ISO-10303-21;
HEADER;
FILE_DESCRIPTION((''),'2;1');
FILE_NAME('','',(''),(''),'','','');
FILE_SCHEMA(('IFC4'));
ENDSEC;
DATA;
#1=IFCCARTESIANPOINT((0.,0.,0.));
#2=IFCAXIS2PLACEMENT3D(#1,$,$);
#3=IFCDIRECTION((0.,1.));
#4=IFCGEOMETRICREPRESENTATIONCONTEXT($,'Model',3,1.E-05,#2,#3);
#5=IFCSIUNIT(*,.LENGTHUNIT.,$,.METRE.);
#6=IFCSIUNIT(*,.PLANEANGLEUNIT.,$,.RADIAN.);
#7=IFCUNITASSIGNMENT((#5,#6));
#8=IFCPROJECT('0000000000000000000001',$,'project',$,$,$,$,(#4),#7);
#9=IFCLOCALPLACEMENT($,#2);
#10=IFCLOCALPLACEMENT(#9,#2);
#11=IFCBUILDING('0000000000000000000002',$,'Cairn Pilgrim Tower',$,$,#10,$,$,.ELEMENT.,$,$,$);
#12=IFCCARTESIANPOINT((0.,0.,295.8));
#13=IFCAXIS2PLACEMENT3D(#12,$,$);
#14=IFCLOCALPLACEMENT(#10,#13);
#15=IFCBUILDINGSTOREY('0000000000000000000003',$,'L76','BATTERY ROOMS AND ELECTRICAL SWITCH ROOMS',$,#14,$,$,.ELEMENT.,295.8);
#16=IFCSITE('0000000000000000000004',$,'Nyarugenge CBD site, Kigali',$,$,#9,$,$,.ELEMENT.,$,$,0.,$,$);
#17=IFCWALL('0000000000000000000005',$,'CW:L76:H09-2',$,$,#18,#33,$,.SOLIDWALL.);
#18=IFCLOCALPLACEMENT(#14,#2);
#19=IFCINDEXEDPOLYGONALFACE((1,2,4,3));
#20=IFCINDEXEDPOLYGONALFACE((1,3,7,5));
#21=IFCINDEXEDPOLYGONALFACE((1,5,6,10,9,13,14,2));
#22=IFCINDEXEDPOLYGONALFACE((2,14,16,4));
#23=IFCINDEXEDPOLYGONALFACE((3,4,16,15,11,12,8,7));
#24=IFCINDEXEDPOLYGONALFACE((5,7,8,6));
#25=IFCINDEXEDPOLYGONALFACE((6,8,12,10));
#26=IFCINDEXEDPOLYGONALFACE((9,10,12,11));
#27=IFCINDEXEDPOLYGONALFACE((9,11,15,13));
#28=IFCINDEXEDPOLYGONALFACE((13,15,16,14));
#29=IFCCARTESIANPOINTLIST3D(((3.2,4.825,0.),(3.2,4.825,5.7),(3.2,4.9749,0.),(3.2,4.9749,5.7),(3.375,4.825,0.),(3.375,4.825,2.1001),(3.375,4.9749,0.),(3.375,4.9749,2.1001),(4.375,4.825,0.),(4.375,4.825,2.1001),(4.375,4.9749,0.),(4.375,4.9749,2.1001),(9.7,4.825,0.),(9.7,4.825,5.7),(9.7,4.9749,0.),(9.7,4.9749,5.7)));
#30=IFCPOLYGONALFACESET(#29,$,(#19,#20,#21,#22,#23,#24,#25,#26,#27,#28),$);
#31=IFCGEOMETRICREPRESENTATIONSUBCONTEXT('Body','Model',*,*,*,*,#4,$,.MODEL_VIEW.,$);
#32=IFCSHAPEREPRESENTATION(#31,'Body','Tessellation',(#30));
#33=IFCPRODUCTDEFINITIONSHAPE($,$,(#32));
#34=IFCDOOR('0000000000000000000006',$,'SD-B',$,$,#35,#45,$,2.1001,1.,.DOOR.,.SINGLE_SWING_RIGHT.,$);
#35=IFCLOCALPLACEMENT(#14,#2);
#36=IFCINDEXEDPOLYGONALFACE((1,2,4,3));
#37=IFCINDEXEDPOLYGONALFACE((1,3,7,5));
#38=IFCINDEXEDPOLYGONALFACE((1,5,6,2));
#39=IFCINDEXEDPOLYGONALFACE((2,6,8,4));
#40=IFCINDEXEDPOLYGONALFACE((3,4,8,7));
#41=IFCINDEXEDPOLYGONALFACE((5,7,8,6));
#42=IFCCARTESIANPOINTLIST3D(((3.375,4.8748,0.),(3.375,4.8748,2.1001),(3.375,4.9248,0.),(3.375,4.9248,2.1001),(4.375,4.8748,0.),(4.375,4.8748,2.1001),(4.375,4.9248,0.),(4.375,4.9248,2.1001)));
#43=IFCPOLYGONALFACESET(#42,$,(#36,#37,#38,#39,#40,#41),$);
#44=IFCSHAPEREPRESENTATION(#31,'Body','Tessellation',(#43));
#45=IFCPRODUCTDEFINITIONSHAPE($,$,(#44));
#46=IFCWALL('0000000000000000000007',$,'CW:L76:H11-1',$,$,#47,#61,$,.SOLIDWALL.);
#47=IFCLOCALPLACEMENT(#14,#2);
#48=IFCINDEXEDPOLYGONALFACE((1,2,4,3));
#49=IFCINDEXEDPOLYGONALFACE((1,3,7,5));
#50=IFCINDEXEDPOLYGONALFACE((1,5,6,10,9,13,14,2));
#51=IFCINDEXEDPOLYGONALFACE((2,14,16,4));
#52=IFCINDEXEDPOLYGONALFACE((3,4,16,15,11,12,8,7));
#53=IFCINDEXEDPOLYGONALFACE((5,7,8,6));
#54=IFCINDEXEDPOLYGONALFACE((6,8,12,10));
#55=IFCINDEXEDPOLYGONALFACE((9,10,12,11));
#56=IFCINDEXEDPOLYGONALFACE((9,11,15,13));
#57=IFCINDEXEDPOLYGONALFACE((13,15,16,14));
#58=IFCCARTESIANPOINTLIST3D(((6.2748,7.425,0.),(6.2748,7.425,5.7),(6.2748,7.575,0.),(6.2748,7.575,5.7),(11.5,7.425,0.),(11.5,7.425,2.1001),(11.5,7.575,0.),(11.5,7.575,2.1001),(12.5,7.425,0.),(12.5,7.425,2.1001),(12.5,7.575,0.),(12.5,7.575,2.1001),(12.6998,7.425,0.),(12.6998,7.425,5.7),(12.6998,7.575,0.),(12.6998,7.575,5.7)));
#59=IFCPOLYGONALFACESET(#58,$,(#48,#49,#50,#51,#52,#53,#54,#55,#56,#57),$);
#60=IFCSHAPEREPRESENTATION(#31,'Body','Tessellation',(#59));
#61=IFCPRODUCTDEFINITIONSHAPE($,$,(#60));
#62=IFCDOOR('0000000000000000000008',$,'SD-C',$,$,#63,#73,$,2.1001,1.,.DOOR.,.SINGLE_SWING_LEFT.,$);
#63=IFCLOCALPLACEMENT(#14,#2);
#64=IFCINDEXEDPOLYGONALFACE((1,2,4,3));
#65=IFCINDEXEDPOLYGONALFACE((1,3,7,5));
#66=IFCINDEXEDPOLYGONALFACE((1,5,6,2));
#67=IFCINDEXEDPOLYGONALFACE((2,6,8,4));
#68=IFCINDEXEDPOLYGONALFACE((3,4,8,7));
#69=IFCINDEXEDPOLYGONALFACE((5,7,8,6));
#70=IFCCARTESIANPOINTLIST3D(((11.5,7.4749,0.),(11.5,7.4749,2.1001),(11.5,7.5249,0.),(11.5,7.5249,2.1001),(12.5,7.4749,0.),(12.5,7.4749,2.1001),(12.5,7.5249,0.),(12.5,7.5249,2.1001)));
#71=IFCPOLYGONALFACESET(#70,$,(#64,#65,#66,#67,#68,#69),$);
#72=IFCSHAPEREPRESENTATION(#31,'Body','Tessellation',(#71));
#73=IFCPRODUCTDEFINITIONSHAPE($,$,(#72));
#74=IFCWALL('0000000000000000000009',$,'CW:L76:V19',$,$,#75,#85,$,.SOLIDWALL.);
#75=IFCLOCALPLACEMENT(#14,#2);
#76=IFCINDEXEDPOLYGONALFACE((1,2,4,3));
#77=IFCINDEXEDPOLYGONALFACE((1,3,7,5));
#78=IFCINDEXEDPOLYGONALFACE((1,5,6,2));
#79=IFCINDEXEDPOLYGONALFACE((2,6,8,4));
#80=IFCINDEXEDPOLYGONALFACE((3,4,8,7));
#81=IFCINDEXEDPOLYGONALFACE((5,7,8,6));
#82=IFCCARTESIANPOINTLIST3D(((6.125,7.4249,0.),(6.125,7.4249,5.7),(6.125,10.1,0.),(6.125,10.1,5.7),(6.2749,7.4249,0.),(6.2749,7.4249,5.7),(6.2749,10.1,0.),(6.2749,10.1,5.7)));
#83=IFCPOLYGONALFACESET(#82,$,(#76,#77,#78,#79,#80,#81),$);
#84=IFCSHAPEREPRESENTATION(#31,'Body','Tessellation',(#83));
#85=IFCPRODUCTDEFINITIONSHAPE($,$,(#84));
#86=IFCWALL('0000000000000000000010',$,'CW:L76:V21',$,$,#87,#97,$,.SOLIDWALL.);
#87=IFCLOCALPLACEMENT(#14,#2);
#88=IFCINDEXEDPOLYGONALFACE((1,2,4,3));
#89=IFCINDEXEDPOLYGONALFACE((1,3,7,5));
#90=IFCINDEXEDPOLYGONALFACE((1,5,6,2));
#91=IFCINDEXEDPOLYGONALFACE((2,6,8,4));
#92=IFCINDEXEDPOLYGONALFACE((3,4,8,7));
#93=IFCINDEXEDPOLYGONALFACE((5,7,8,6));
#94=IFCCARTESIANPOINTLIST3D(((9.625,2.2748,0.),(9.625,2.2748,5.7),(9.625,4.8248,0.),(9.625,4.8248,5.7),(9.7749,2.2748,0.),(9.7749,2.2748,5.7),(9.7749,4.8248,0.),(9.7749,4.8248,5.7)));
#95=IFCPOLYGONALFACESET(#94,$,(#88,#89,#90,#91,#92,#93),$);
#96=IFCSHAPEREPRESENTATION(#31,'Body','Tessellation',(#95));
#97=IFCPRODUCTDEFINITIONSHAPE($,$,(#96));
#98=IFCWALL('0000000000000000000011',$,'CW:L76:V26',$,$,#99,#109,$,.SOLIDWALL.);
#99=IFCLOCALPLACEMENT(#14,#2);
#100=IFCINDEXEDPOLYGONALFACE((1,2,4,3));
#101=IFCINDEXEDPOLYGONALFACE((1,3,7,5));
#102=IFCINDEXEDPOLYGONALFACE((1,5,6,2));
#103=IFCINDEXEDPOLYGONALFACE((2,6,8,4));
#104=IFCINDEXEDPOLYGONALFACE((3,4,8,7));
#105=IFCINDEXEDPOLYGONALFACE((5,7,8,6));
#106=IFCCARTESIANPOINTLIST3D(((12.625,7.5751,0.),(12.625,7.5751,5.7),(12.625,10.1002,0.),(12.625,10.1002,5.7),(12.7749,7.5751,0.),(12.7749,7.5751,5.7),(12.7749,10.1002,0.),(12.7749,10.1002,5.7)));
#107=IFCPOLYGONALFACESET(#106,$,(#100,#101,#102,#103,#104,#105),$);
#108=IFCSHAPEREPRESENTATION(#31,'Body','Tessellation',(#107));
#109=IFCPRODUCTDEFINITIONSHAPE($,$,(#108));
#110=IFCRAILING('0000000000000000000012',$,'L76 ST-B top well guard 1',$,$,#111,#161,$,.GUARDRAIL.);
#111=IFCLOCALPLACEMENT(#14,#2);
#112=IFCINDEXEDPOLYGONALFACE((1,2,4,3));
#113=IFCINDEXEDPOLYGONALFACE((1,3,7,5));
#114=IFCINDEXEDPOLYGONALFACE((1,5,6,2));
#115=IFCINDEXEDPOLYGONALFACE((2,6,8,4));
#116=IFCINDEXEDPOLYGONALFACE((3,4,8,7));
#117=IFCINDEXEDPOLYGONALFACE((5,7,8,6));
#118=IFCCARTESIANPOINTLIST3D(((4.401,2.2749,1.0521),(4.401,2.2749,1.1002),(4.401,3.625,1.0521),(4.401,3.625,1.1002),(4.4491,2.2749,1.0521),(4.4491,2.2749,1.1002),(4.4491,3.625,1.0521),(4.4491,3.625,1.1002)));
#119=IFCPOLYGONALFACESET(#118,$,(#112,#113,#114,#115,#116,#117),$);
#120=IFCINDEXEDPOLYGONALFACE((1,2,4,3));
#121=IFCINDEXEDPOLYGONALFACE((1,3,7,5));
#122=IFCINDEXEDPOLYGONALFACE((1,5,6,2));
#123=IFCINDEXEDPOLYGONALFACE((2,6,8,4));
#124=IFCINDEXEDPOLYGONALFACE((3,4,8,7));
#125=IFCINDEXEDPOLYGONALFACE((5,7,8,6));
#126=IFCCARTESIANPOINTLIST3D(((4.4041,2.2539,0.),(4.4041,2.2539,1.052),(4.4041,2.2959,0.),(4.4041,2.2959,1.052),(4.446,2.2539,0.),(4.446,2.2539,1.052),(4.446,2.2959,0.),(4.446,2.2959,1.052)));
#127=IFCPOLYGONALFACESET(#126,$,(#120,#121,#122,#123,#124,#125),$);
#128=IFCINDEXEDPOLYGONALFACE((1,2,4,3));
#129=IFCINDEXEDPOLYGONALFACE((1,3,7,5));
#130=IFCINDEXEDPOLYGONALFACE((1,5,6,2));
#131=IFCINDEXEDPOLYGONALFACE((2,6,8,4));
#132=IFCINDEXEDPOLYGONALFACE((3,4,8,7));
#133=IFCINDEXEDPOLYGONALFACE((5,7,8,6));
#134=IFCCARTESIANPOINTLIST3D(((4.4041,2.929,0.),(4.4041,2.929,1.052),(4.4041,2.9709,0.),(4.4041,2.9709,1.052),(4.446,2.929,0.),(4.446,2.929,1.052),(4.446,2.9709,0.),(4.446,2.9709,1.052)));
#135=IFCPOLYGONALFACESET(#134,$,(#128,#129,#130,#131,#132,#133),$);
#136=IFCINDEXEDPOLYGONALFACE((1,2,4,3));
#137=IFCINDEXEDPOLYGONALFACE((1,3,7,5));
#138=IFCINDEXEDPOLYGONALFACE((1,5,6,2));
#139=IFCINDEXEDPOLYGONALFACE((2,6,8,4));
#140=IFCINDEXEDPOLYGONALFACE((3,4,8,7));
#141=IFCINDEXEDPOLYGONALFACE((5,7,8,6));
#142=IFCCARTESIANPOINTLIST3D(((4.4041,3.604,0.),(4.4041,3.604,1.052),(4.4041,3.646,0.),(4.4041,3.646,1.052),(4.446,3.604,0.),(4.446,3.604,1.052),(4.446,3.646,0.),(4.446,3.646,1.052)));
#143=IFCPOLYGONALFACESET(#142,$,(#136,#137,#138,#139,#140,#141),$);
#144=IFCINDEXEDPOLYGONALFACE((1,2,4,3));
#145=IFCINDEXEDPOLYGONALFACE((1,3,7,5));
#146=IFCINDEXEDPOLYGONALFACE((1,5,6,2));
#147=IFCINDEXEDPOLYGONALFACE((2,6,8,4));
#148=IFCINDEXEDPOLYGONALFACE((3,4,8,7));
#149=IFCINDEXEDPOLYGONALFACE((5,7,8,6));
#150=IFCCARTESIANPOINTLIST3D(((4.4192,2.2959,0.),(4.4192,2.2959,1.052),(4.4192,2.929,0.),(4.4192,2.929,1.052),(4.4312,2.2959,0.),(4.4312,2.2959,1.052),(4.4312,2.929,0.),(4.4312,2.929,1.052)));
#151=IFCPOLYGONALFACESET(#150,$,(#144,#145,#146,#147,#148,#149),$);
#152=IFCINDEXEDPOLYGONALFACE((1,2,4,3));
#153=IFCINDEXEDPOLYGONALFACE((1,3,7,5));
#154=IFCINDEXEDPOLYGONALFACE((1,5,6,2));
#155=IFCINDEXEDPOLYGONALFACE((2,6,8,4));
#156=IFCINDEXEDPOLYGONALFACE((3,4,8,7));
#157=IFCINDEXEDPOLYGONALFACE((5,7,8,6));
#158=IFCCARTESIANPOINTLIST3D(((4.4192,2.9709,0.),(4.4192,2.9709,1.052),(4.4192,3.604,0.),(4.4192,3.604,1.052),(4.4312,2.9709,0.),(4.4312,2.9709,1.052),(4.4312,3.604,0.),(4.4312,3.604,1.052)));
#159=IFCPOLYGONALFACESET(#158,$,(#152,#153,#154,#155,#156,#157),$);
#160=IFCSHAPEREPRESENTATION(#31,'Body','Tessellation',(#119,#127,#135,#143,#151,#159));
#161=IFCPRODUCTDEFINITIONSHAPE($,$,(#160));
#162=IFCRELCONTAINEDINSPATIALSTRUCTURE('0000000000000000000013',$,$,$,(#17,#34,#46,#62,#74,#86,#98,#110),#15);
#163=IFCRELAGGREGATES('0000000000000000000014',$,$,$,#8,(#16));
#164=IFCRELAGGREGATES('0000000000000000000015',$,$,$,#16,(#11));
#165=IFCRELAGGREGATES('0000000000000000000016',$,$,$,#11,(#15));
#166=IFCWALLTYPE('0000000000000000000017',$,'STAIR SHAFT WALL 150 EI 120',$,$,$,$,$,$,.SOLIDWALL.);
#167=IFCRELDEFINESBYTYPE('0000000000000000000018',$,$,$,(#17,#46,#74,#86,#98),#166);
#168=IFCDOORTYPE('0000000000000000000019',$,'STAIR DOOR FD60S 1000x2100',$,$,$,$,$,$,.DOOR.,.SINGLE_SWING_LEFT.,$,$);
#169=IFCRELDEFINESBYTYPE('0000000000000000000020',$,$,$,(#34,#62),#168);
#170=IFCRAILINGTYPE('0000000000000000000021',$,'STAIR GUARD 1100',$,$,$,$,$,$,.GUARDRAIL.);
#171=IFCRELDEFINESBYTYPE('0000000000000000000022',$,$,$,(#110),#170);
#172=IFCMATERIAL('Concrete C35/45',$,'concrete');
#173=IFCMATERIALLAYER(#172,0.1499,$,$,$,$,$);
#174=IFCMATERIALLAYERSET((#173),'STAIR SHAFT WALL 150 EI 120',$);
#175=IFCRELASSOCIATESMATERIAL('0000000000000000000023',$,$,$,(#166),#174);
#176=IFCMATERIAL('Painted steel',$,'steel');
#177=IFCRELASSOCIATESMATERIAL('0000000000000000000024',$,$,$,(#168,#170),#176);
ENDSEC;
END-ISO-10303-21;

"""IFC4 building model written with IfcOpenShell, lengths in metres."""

from ifc_helpers import new_model, si_unit, direction, frame, frame_2d, origin, origin_2d, place, context, subcontext, project, spatial, polyline, rectangle, outline, extrude, material, layer, layer_set, type_object, element, fill, save


model = new_model("IFC4")

# Units and contexts
model_context = context("Model", 3, precision=1e-05, world=origin(), true_north=direction((0.0, 1.0)))
body_context = subcontext(model_context, "Body", "Model", "MODEL_VIEW")
ifc_project = project(units=[si_unit("LENGTHUNIT", "METRE"), si_unit("PLANEANGLEUNIT", "RADIAN")], contexts=[model_context])

# Site, building, storey
site_placement = place(None, origin())
site = spatial("IfcSite", under=ifc_project, at=site_placement, Name="Nyarugenge CBD site, Kigali", CompositionType="ELEMENT", RefElevation=0.0)
building_placement = place(site_placement, origin())
building = spatial("IfcBuilding", under=site, at=building_placement, Name="Cairn Pilgrim Tower", CompositionType="ELEMENT")
storey_placement = place(building_placement, frame((0.0, 0.0, 295.8)))
storey = spatial("IfcBuildingStorey", under=building, at=storey_placement, Name="L76", Description="BATTERY ROOMS AND ELECTRICAL SWITCH ROOMS", CompositionType="ELEMENT", Elevation=295.8)

# Shared definitions
ifc_material_1 = material(Name="Painted steel", Category="steel")

# Walls, openings, doors
ifc_material_2 = material(Name="Concrete C35/45", Category="concrete")
ifc_layer_1 = layer(ifc_material_2, 0.1499)
ifc_layer_set_1 = layer_set([ifc_layer_1], Name="STAIR SHAFT WALL 150 EI 120")
wall_type_1 = type_object("IfcWallType", Name="STAIR SHAFT WALL 150 EI 120", PredefinedType="SOLIDWALL", material=ifc_layer_set_1)
wall_1_placement = place(storey_placement, frame((3.2, 4.8999, 0.0), z_axis=(0.0, 0.0, 1.0), x_axis=(1.0, 0.0, 0.0)))
wall_1 = element("IfcWall", 1, at=wall_1_placement, inside=storey, type_object=wall_type_1, Name="CW:L76:H09-2", PredefinedType="SOLIDWALL", context=body_context, shape_type="SweptSolid", body=[
    extrude(rectangle(XDim=6.5, YDim=0.1499, at=frame_2d((3.25, 0.0))), origin(), (0.0, 0.0, 1.0), 5.7),
])
opening_1_placement = place(wall_1_placement, frame((0.175, 0.0, 0.0)))
opening_1 = element("IfcOpeningElement", 2, at=opening_1_placement, cuts=wall_1, PredefinedType="OPENING", context=body_context, shape_type="SweptSolid", body=[
    extrude(rectangle(XDim=1.0, YDim=2.1001, at=frame_2d((0.5, 1.05))), frame((0.0, 0.085, 0.0), z_axis=(0.0, -1.0, 0.0), x_axis=(1.0, 0.0, 0.0)), (0.0, 0.0, 1.0), 0.1699),
])
door_type_1 = type_object("IfcDoorType", Name="STAIR DOOR FD60S 1000x2100", OperationType="SINGLE_SWING_LEFT", PredefinedType="DOOR", material=ifc_material_1)
door_1_placement = place(opening_1_placement, origin())
door_1 = element("IfcDoor", 3, at=door_1_placement, inside=storey, type_object=door_type_1, Name="SD-B", OperationType="SINGLE_SWING_RIGHT", OverallHeight=2.1001, OverallWidth=1.0, PredefinedType="DOOR", context=body_context, shape_type="SweptSolid", body=[
    extrude(rectangle(XDim=1.0, YDim=2.1001, at=frame_2d((0.5, 1.05))), frame((0.0, 0.0249, 0.0), z_axis=(0.0, -1.0, 0.0), x_axis=(1.0, 0.0, 0.0)), (0.0, 0.0, 1.0), 0.05),
])
fill(opening_1, door_1)
wall_2_placement = place(storey_placement, frame((6.2749, 7.5, 0.0), z_axis=(0.0, 0.0, 1.0), x_axis=(1.0, 0.0, 0.0)))
wall_2 = element("IfcWall", 4, at=wall_2_placement, inside=storey, type_object=wall_type_1, Name="CW:L76:H11-1", PredefinedType="SOLIDWALL", context=body_context, shape_type="SweptSolid", body=[
    extrude(rectangle(XDim=6.425, YDim=0.1499, at=frame_2d((3.2124, 0.0))), origin(), (0.0, 0.0, 1.0), 5.7),
])
opening_2_placement = place(wall_2_placement, frame((5.2251, 0.0, 0.0)))
opening_2 = element("IfcOpeningElement", 5, at=opening_2_placement, cuts=wall_2, PredefinedType="OPENING", context=body_context, shape_type="SweptSolid", body=[
    extrude(rectangle(XDim=1.0, YDim=2.1001, at=frame_2d((0.5, 1.05))), frame((0.0, 0.085, 0.0), z_axis=(0.0, -1.0, 0.0), x_axis=(1.0, 0.0, 0.0)), (0.0, 0.0, 1.0), 0.1699),
])
door_2_placement = place(opening_2_placement, origin())
door_2 = element("IfcDoor", 6, at=door_2_placement, inside=storey, type_object=door_type_1, Name="SD-C", OperationType="SINGLE_SWING_LEFT", OverallHeight=2.1001, OverallWidth=1.0, PredefinedType="DOOR", context=body_context, shape_type="SweptSolid", body=[
    extrude(rectangle(XDim=1.0, YDim=2.1001, at=frame_2d((0.5, 1.05))), frame((0.0, 0.0249, 0.0), z_axis=(0.0, -1.0, 0.0), x_axis=(1.0, 0.0, 0.0)), (0.0, 0.0, 1.0), 0.05),
])
fill(opening_2, door_2)

# Walls
wall_3_placement = place(storey_placement, frame((6.2, 7.425, 0.0), z_axis=(0.0, 0.0, 1.0), x_axis=(0.0, 1.0, 0.0)))
element("IfcWall", 7, at=wall_3_placement, inside=storey, type_object=wall_type_1, Name="CW:L76:V19", PredefinedType="SOLIDWALL", context=body_context, shape_type="SweptSolid", body=[
    extrude(rectangle(XDim=2.675, YDim=0.1499, at=frame_2d((1.3374, 0.0))), origin(), (0.0, 0.0, 1.0), 5.7),
])
wall_4_placement = place(storey_placement, frame((9.7, 2.2749, 0.0), z_axis=(0.0, 0.0, 1.0), x_axis=(0.0, 1.0, 0.0)))
element("IfcWall", 8, at=wall_4_placement, inside=storey, type_object=wall_type_1, Name="CW:L76:V21", PredefinedType="SOLIDWALL", context=body_context, shape_type="SweptSolid", body=[
    extrude(rectangle(XDim=2.55, YDim=0.1499, at=frame_2d((1.2749, 0.0))), origin(), (0.0, 0.0, 1.0), 5.7),
])
wall_5_placement = place(storey_placement, frame((12.7, 7.575, 0.0), z_axis=(0.0, 0.0, 1.0), x_axis=(0.0, 1.0, 0.0)))
element("IfcWall", 9, at=wall_5_placement, inside=storey, type_object=wall_type_1, Name="CW:L76:V26", PredefinedType="SOLIDWALL", context=body_context, shape_type="SweptSolid", body=[
    extrude(rectangle(XDim=2.5251, YDim=0.1499, at=frame_2d((1.2627, 0.0))), origin(), (0.0, 0.0, 1.0), 5.7),
])

# Railing
railing_type = type_object("IfcRailingType", Name="STAIR GUARD 1100", PredefinedType="GUARDRAIL", material=ifc_material_1)
railing_placement = place(storey_placement, frame((4.425, 2.2749, 0.0)))
element("IfcRailing", 10, at=railing_placement, inside=storey, type_object=railing_type, Name="L76 ST-B top well guard 1", PredefinedType="GUARDRAIL", context=body_context, shape_type="SweptSolid", body=[
    extrude(rectangle(XDim=0.0481, YDim=0.0481, at=origin_2d()), frame((0.0, 0.0, 1.0762), z_axis=(0.0, 1.0, 0.0), x_axis=(-1.0, 0.0, 0.0)), (0.0, 0.0, 1.0), 1.3501),
    extrude(rectangle(XDim=0.042, YDim=0.042, at=origin_2d()), origin(), (0.0, 0.0, 1.0), 1.052),
    extrude(rectangle(XDim=0.042, YDim=0.042, at=origin_2d()), frame((0.0, 0.675, 0.0)), (0.0, 0.0, 1.0), 1.052),
    extrude(rectangle(XDim=0.042, YDim=0.042, at=origin_2d()), frame((0.0, 1.3501, 0.0)), (0.0, 0.0, 1.0), 1.052),
    extrude(outline(polyline([(0.021, 0.0), (0.6541, 0.0), (0.6541, 1.052), (0.021, 1.052), (0.021, 0.0)])), frame((-0.0059, 0.0, 0.0), z_axis=(1.0, 0.0, 0.0), x_axis=(0.0, 1.0, 0.0)), (0.0, 0.0, 1.0), 0.012),
    extrude(outline(polyline([(0.021, 0.0), (0.6541, 0.0), (0.6541, 1.052), (0.021, 1.052), (0.021, 0.0)])), frame((-0.0059, 0.675, 0.0), z_axis=(1.0, 0.0, 0.0), x_axis=(0.0, 1.0, 0.0)), (0.0, 0.0, 1.0), 0.012),
])

save(model, "model.ifc")
